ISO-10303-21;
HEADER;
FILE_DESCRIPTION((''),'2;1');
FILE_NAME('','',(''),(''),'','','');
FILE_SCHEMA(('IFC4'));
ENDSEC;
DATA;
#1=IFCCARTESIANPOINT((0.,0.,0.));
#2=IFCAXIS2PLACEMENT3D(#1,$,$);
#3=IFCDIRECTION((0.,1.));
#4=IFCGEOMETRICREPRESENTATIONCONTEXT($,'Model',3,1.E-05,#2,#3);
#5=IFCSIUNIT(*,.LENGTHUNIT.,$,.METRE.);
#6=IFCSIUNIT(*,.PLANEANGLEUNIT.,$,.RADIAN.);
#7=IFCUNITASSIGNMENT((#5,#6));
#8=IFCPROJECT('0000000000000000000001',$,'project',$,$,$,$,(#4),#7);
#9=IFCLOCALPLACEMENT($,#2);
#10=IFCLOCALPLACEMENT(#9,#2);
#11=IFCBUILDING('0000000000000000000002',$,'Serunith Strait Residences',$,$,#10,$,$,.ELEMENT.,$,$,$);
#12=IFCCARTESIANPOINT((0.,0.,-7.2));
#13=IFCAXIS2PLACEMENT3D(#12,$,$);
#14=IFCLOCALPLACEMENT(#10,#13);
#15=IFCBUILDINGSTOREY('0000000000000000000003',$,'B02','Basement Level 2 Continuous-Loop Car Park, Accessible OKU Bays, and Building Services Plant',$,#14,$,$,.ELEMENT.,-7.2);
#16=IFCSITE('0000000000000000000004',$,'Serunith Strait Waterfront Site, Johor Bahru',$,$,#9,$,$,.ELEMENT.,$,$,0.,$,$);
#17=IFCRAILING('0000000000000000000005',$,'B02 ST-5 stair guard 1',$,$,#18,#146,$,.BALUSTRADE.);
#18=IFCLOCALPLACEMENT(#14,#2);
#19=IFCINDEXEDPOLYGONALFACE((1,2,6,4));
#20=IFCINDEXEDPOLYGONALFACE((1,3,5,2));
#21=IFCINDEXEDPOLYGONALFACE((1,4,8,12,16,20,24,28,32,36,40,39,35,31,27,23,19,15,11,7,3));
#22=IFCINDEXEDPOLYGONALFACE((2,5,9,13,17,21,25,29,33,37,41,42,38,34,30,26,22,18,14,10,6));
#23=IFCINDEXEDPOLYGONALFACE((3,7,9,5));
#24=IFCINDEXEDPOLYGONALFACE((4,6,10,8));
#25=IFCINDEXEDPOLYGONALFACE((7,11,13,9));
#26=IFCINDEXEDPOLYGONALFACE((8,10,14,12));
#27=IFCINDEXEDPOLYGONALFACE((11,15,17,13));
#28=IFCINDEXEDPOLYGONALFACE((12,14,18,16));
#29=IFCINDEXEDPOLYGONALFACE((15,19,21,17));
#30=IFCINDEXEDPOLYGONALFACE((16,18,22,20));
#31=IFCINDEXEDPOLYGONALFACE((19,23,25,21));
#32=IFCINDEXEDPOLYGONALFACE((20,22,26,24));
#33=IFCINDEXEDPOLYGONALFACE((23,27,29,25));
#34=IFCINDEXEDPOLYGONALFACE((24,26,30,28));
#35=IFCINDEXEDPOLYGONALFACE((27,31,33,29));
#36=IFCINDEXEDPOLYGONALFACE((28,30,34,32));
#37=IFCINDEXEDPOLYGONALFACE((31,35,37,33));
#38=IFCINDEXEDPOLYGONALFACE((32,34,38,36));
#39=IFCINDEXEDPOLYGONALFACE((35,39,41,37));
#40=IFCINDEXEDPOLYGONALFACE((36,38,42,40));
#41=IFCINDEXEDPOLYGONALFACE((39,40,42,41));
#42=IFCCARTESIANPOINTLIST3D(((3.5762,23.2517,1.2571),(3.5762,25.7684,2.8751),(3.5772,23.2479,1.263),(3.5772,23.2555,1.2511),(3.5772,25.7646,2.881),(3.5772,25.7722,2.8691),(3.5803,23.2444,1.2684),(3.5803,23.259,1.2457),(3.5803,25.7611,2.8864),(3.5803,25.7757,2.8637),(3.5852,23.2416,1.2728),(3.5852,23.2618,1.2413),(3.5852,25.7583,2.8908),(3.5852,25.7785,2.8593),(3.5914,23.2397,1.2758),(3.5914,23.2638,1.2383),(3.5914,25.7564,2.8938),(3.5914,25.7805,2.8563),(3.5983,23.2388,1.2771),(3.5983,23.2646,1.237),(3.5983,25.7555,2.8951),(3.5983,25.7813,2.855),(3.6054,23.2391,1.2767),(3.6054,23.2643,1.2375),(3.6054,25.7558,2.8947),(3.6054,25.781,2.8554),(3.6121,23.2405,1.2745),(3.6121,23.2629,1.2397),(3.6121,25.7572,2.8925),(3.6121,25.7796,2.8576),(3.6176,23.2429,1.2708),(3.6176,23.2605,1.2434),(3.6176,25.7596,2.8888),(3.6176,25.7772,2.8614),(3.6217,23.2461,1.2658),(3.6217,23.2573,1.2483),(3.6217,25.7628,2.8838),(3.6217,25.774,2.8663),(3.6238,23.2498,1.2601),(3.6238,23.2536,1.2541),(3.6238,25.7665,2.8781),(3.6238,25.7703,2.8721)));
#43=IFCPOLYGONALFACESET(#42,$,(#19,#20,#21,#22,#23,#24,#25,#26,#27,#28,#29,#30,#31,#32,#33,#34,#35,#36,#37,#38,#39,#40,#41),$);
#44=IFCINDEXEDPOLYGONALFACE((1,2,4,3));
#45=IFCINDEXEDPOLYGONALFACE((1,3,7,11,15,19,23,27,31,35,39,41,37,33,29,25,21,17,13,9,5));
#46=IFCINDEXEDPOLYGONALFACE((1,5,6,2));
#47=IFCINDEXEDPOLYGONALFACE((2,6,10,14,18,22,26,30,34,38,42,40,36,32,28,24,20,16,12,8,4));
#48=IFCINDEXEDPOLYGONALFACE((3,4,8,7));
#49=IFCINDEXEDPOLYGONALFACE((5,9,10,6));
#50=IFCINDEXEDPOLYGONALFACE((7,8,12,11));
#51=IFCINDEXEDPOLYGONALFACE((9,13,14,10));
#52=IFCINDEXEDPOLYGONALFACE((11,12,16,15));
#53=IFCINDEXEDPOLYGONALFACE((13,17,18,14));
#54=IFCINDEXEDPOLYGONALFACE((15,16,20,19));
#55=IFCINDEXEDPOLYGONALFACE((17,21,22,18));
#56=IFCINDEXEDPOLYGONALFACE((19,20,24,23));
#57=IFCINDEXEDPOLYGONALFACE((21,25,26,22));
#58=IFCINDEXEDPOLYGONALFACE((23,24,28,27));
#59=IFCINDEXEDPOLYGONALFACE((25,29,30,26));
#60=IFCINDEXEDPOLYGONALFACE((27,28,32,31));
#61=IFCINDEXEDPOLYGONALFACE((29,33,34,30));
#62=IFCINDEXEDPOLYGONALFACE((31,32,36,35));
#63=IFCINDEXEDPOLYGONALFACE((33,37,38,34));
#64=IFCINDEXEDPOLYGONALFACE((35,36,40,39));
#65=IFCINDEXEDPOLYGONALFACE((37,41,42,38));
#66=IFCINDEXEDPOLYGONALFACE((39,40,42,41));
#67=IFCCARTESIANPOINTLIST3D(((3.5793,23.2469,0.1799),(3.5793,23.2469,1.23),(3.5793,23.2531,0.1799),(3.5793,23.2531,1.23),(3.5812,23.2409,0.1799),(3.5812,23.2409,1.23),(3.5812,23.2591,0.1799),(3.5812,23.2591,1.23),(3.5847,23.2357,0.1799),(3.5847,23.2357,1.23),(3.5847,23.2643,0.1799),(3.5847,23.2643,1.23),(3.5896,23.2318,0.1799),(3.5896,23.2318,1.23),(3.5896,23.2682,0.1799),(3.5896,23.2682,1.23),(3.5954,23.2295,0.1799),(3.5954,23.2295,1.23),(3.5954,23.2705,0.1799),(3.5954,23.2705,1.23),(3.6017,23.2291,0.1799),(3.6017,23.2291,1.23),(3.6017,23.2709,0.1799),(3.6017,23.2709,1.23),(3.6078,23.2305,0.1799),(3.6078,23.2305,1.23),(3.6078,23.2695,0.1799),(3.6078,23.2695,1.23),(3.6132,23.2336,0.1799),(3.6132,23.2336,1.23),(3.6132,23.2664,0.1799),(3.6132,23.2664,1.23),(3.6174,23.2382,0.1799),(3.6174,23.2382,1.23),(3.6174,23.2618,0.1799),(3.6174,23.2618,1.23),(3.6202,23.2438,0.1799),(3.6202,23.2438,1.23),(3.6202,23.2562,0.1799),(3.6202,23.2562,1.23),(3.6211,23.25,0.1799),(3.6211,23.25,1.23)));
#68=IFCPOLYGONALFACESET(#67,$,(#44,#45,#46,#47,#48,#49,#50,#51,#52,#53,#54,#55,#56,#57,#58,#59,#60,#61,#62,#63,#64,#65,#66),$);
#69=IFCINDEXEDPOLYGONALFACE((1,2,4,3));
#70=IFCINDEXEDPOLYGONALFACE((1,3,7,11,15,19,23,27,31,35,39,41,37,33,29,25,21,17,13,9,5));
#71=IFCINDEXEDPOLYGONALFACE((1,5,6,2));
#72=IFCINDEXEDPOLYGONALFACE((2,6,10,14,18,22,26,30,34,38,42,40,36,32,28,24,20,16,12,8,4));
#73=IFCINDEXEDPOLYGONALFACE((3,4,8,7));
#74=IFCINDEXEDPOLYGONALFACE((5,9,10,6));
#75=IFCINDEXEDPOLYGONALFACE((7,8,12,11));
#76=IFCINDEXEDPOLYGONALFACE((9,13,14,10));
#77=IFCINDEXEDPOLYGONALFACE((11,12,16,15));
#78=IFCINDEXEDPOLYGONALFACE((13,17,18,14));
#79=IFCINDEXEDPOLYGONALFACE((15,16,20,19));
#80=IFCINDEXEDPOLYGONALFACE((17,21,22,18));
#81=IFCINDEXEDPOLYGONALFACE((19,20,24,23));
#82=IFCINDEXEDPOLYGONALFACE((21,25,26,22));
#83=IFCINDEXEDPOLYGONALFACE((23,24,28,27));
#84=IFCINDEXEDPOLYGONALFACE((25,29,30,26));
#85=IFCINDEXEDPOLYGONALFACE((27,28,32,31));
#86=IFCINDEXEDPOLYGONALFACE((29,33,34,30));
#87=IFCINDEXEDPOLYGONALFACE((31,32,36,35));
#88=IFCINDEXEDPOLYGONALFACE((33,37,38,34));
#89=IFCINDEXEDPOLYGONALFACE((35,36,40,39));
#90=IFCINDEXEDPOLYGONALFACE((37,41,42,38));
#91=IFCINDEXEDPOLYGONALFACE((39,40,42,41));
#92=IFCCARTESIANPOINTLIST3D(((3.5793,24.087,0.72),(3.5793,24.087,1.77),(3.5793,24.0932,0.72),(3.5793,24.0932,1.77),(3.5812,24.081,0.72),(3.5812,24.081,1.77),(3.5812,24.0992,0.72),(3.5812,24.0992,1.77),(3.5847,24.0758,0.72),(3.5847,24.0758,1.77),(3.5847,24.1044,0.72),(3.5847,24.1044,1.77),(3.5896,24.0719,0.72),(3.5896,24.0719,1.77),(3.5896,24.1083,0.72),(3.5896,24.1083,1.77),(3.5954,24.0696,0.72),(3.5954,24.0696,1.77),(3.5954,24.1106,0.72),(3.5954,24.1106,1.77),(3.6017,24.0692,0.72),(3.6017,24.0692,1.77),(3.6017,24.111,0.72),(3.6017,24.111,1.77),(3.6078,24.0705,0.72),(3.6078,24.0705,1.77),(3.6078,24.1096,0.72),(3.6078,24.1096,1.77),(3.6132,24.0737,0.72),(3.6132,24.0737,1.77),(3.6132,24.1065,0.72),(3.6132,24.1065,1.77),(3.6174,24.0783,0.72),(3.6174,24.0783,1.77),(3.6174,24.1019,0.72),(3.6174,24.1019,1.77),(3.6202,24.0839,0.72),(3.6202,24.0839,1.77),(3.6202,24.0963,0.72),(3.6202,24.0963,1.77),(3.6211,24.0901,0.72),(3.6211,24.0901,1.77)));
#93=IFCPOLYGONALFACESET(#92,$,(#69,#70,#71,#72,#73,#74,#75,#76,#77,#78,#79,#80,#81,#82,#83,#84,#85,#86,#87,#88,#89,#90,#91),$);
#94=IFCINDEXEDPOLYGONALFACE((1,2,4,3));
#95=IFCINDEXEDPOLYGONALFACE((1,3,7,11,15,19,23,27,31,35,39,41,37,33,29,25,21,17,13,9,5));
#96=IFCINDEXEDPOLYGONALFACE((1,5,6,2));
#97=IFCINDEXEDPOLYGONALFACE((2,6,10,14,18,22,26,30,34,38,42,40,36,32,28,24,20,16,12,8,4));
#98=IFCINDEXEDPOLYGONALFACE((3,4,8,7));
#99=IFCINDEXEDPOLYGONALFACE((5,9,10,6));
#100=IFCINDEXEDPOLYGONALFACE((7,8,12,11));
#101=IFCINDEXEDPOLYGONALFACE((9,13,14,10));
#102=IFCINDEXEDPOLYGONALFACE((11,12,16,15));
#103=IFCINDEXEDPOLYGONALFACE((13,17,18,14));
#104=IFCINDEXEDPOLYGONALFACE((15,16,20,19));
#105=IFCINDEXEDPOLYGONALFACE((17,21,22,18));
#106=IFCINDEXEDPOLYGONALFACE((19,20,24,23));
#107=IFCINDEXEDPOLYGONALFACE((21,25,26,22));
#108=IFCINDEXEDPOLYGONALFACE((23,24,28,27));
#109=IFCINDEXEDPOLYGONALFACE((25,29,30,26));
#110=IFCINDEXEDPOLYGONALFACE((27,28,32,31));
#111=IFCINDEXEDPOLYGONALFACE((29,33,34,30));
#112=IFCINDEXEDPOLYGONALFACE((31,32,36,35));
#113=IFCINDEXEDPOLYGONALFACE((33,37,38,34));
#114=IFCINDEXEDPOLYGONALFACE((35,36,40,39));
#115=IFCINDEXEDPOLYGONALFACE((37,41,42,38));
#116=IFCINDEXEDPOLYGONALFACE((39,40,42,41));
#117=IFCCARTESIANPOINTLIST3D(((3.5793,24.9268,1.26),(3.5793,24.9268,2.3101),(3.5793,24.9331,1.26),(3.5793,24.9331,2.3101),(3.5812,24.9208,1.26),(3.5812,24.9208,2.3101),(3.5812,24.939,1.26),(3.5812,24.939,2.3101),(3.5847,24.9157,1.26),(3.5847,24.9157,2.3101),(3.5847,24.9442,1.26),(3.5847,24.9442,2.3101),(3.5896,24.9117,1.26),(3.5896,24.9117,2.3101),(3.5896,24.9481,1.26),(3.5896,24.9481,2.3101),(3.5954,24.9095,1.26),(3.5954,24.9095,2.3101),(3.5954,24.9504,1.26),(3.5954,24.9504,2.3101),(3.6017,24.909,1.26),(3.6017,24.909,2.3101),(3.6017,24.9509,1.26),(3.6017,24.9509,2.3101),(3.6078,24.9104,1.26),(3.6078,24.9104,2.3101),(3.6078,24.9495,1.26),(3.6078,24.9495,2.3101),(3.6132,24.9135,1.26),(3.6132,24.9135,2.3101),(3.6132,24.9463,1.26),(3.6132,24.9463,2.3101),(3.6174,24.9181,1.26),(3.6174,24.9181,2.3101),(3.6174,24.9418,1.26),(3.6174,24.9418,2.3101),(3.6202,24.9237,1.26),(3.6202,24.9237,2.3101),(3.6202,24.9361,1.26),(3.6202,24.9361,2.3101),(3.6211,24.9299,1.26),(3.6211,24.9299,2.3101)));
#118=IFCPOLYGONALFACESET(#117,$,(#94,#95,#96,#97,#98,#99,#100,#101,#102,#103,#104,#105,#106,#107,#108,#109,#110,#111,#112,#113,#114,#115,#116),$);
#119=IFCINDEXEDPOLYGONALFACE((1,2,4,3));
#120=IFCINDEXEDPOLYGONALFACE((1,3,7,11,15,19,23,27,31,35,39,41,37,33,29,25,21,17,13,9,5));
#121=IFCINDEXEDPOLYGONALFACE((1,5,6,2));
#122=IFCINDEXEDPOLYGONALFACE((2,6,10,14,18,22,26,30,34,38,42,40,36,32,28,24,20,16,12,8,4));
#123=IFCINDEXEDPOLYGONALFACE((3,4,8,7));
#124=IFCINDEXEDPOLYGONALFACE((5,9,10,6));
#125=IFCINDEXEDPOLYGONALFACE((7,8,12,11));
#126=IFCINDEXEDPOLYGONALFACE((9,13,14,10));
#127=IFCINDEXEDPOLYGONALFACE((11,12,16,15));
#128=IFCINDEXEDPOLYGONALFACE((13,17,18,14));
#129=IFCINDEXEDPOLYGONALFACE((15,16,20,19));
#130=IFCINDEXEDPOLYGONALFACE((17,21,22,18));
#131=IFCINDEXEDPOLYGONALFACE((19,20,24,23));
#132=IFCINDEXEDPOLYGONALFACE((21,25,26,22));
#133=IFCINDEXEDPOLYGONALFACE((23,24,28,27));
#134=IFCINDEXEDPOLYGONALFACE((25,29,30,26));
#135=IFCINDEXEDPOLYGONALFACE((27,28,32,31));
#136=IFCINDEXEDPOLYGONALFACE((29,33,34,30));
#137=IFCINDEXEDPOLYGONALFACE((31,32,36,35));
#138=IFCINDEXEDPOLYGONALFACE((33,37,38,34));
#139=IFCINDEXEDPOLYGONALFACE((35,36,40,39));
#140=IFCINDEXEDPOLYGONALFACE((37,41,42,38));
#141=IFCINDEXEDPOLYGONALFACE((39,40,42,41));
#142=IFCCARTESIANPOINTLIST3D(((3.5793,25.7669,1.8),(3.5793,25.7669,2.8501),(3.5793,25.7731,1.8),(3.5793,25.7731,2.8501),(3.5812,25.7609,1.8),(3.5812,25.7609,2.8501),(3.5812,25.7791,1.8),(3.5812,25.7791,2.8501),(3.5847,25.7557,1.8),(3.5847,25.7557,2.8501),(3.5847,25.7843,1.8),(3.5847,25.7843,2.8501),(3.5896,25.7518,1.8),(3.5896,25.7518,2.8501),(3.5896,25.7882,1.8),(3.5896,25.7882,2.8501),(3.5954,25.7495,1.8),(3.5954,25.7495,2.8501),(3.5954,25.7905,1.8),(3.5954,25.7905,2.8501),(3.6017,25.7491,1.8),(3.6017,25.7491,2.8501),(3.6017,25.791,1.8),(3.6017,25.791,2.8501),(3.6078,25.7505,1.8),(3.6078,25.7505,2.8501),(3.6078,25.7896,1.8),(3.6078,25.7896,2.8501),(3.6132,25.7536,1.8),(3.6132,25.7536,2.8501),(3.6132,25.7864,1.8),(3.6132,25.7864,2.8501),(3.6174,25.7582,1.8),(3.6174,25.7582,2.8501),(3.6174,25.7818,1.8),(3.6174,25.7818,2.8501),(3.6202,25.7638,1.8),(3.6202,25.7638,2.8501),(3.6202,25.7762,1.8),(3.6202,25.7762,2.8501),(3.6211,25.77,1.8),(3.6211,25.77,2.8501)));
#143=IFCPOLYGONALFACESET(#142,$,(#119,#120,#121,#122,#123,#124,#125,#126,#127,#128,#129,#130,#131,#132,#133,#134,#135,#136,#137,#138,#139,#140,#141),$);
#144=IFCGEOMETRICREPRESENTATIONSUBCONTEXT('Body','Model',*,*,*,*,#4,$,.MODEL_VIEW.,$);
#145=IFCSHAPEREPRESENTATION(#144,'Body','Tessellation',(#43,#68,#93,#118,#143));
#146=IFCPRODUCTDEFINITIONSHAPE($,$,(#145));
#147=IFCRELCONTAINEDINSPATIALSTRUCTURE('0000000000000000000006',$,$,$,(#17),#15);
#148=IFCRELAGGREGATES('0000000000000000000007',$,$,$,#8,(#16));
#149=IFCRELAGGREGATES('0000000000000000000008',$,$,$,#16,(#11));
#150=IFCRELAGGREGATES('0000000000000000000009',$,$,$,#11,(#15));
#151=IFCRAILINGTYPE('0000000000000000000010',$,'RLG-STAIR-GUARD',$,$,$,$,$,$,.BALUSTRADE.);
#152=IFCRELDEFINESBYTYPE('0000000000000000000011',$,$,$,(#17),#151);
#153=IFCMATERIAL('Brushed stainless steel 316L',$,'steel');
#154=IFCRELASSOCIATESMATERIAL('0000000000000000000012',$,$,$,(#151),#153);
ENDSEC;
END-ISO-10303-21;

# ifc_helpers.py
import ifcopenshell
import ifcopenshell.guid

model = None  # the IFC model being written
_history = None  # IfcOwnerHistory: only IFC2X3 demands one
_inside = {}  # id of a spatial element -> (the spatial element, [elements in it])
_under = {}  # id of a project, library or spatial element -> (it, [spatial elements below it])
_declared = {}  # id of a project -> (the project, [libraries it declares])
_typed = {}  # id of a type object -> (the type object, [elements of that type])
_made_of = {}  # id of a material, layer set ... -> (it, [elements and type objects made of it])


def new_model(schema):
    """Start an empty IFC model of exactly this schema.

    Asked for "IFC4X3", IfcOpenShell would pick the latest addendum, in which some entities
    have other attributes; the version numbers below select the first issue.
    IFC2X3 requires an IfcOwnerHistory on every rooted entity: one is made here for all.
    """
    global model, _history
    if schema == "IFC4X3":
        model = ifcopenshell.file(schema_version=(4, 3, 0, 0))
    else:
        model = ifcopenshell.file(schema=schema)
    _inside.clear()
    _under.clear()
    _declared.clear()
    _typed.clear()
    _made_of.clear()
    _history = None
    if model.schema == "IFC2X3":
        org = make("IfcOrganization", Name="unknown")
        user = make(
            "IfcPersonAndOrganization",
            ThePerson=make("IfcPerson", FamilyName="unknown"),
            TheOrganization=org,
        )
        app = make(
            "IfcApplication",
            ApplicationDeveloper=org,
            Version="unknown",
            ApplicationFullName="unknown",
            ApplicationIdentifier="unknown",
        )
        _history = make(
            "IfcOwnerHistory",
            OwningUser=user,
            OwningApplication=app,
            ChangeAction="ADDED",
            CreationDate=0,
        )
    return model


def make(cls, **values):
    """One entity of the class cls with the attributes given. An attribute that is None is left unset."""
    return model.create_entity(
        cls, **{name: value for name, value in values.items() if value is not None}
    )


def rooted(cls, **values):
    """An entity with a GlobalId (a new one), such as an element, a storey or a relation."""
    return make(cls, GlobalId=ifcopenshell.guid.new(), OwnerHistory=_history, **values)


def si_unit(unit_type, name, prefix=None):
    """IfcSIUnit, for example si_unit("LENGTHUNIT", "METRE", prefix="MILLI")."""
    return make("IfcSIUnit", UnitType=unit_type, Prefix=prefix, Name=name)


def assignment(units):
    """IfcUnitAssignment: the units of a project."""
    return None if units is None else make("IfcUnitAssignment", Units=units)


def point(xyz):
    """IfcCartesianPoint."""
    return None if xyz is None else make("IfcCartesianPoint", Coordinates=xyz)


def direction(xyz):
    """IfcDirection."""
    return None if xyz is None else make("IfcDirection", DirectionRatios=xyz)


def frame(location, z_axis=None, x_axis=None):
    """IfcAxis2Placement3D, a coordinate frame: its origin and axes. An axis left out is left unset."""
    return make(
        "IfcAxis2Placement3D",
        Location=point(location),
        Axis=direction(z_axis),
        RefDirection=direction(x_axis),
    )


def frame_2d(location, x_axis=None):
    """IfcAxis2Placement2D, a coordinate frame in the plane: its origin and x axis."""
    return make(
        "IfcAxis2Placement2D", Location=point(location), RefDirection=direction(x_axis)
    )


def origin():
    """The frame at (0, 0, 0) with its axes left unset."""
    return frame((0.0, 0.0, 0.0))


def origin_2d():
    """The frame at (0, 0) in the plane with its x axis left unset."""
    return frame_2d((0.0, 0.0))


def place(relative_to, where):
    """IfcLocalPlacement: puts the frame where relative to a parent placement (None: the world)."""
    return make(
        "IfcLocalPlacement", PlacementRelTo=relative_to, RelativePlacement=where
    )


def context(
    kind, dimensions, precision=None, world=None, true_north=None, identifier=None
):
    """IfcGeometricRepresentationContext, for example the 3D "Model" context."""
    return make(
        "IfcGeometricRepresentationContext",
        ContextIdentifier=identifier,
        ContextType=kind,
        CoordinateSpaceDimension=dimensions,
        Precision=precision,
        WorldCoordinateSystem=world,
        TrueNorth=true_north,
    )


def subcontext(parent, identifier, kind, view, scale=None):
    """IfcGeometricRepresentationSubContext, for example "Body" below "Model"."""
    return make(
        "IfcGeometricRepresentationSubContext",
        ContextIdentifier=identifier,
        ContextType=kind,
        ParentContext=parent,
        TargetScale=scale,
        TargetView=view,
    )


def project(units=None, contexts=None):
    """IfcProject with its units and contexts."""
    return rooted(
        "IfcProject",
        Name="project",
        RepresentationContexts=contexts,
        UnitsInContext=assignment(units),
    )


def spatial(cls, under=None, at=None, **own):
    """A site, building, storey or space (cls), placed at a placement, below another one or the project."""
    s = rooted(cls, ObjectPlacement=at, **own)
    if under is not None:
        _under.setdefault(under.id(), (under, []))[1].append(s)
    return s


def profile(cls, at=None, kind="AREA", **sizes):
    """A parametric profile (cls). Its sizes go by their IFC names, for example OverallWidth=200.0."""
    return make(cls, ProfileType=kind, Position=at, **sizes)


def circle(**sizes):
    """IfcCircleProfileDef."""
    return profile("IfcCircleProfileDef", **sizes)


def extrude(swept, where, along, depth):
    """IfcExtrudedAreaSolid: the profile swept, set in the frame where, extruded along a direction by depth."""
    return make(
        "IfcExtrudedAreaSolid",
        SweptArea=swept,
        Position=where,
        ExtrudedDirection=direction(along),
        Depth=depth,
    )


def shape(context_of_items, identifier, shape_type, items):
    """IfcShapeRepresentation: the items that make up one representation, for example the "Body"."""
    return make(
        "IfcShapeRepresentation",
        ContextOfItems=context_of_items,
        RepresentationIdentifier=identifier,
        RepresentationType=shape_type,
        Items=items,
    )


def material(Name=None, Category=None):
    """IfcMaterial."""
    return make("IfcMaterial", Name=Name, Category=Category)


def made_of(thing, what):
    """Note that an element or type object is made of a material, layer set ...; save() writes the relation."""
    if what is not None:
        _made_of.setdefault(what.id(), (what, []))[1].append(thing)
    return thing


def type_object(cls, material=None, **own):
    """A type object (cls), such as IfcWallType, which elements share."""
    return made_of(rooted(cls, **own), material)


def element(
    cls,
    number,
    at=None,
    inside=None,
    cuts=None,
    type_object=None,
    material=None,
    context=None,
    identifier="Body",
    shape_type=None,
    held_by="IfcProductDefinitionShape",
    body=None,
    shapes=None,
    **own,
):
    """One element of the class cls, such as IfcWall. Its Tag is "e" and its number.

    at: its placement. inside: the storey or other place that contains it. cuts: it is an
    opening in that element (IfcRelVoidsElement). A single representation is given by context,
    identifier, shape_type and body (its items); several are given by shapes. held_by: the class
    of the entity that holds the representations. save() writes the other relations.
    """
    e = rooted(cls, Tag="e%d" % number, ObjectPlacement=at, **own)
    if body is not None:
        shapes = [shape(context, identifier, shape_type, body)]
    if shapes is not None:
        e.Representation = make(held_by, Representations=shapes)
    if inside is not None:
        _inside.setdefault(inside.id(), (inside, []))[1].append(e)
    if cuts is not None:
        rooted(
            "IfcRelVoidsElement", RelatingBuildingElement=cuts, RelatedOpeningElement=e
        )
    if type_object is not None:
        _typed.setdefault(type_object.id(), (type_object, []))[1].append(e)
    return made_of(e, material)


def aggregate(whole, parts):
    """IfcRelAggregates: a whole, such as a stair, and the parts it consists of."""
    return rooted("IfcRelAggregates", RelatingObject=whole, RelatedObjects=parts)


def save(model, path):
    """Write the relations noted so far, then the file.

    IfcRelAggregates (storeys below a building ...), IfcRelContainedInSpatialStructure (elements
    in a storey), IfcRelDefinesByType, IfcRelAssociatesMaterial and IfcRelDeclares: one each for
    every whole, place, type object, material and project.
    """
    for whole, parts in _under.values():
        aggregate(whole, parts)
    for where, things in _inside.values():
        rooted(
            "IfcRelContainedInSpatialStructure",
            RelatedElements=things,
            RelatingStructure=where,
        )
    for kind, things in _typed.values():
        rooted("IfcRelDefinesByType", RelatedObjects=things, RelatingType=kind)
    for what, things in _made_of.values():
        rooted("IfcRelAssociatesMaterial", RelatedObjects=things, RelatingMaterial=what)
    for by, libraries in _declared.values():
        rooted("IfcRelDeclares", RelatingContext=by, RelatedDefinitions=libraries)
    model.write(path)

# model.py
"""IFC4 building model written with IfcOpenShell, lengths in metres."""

from ifc_helpers import new_model, si_unit, direction, frame, origin, origin_2d, place, context, subcontext, project, spatial, circle, extrude, material, type_object, element, save


model = new_model("IFC4")

# Units and contexts
model_context = context("Model", 3, precision=1e-05, world=origin(), true_north=direction((0.0, 1.0)))
body_context = subcontext(model_context, "Body", "Model", "MODEL_VIEW")
ifc_project = project(units=[si_unit("LENGTHUNIT", "METRE"), si_unit("PLANEANGLEUNIT", "RADIAN")], contexts=[model_context])

# Site, building, storey
site_placement = place(None, origin())
site = spatial("IfcSite", under=ifc_project, at=site_placement, Name="Serunith Strait Waterfront Site, Johor Bahru", CompositionType="ELEMENT", RefElevation=0.0)
building_placement = place(site_placement, origin())
building = spatial("IfcBuilding", under=site, at=building_placement, Name="Serunith Strait Residences", CompositionType="ELEMENT")
storey_placement = place(building_placement, frame((0.0, 0.0, -7.2)))
storey = spatial("IfcBuildingStorey", under=building, at=storey_placement, Name="B02", Description="Basement Level 2 Continuous-Loop Car Park, Accessible OKU Bays, and Building Services Plant", CompositionType="ELEMENT", Elevation=-7.2)

# Railing
ifc_material_1 = material(Name="Brushed stainless steel 316L", Category="steel")
railing_type_1 = type_object("IfcRailingType", Name="RLG-STAIR-GUARD", PredefinedType="BALUSTRADE", material=ifc_material_1)
railing_1_placement = place(storey_placement, frame((3.6001, 23.25, 0.1799)))
element("IfcRailing", 1, at=railing_1_placement, inside=storey, type_object=railing_type_1, Name="B02 ST-5 stair guard 1", PredefinedType="BALUSTRADE", context=body_context, shape_type="SweptSolid", body=[
    extrude(circle(Radius=0.0239, at=origin_2d()), frame((0.0, 0.0017, 1.0771), z_axis=(0.0, 0.841163, 0.540782), x_axis=(-1.0, 0.0, 0.0)), (0.0, 0.0, 1.0), 2.9919),
    extrude(circle(Radius=0.021, at=origin_2d()), origin(), (0.0, 0.0, 1.0), 1.05),
    extrude(circle(Radius=0.021, at=origin_2d()), frame((0.0, 0.8401, 0.54)), (0.0, 0.0, 1.0), 1.05),
    extrude(circle(Radius=0.021, at=origin_2d()), frame((0.0, 1.6799, 1.0801)), (0.0, 0.0, 1.0), 1.05),
    extrude(circle(Radius=0.021, at=origin_2d()), frame((0.0, 2.52, 1.6201)), (0.0, 0.0, 1.0), 1.05),
])

save(model, "model.ifc")
